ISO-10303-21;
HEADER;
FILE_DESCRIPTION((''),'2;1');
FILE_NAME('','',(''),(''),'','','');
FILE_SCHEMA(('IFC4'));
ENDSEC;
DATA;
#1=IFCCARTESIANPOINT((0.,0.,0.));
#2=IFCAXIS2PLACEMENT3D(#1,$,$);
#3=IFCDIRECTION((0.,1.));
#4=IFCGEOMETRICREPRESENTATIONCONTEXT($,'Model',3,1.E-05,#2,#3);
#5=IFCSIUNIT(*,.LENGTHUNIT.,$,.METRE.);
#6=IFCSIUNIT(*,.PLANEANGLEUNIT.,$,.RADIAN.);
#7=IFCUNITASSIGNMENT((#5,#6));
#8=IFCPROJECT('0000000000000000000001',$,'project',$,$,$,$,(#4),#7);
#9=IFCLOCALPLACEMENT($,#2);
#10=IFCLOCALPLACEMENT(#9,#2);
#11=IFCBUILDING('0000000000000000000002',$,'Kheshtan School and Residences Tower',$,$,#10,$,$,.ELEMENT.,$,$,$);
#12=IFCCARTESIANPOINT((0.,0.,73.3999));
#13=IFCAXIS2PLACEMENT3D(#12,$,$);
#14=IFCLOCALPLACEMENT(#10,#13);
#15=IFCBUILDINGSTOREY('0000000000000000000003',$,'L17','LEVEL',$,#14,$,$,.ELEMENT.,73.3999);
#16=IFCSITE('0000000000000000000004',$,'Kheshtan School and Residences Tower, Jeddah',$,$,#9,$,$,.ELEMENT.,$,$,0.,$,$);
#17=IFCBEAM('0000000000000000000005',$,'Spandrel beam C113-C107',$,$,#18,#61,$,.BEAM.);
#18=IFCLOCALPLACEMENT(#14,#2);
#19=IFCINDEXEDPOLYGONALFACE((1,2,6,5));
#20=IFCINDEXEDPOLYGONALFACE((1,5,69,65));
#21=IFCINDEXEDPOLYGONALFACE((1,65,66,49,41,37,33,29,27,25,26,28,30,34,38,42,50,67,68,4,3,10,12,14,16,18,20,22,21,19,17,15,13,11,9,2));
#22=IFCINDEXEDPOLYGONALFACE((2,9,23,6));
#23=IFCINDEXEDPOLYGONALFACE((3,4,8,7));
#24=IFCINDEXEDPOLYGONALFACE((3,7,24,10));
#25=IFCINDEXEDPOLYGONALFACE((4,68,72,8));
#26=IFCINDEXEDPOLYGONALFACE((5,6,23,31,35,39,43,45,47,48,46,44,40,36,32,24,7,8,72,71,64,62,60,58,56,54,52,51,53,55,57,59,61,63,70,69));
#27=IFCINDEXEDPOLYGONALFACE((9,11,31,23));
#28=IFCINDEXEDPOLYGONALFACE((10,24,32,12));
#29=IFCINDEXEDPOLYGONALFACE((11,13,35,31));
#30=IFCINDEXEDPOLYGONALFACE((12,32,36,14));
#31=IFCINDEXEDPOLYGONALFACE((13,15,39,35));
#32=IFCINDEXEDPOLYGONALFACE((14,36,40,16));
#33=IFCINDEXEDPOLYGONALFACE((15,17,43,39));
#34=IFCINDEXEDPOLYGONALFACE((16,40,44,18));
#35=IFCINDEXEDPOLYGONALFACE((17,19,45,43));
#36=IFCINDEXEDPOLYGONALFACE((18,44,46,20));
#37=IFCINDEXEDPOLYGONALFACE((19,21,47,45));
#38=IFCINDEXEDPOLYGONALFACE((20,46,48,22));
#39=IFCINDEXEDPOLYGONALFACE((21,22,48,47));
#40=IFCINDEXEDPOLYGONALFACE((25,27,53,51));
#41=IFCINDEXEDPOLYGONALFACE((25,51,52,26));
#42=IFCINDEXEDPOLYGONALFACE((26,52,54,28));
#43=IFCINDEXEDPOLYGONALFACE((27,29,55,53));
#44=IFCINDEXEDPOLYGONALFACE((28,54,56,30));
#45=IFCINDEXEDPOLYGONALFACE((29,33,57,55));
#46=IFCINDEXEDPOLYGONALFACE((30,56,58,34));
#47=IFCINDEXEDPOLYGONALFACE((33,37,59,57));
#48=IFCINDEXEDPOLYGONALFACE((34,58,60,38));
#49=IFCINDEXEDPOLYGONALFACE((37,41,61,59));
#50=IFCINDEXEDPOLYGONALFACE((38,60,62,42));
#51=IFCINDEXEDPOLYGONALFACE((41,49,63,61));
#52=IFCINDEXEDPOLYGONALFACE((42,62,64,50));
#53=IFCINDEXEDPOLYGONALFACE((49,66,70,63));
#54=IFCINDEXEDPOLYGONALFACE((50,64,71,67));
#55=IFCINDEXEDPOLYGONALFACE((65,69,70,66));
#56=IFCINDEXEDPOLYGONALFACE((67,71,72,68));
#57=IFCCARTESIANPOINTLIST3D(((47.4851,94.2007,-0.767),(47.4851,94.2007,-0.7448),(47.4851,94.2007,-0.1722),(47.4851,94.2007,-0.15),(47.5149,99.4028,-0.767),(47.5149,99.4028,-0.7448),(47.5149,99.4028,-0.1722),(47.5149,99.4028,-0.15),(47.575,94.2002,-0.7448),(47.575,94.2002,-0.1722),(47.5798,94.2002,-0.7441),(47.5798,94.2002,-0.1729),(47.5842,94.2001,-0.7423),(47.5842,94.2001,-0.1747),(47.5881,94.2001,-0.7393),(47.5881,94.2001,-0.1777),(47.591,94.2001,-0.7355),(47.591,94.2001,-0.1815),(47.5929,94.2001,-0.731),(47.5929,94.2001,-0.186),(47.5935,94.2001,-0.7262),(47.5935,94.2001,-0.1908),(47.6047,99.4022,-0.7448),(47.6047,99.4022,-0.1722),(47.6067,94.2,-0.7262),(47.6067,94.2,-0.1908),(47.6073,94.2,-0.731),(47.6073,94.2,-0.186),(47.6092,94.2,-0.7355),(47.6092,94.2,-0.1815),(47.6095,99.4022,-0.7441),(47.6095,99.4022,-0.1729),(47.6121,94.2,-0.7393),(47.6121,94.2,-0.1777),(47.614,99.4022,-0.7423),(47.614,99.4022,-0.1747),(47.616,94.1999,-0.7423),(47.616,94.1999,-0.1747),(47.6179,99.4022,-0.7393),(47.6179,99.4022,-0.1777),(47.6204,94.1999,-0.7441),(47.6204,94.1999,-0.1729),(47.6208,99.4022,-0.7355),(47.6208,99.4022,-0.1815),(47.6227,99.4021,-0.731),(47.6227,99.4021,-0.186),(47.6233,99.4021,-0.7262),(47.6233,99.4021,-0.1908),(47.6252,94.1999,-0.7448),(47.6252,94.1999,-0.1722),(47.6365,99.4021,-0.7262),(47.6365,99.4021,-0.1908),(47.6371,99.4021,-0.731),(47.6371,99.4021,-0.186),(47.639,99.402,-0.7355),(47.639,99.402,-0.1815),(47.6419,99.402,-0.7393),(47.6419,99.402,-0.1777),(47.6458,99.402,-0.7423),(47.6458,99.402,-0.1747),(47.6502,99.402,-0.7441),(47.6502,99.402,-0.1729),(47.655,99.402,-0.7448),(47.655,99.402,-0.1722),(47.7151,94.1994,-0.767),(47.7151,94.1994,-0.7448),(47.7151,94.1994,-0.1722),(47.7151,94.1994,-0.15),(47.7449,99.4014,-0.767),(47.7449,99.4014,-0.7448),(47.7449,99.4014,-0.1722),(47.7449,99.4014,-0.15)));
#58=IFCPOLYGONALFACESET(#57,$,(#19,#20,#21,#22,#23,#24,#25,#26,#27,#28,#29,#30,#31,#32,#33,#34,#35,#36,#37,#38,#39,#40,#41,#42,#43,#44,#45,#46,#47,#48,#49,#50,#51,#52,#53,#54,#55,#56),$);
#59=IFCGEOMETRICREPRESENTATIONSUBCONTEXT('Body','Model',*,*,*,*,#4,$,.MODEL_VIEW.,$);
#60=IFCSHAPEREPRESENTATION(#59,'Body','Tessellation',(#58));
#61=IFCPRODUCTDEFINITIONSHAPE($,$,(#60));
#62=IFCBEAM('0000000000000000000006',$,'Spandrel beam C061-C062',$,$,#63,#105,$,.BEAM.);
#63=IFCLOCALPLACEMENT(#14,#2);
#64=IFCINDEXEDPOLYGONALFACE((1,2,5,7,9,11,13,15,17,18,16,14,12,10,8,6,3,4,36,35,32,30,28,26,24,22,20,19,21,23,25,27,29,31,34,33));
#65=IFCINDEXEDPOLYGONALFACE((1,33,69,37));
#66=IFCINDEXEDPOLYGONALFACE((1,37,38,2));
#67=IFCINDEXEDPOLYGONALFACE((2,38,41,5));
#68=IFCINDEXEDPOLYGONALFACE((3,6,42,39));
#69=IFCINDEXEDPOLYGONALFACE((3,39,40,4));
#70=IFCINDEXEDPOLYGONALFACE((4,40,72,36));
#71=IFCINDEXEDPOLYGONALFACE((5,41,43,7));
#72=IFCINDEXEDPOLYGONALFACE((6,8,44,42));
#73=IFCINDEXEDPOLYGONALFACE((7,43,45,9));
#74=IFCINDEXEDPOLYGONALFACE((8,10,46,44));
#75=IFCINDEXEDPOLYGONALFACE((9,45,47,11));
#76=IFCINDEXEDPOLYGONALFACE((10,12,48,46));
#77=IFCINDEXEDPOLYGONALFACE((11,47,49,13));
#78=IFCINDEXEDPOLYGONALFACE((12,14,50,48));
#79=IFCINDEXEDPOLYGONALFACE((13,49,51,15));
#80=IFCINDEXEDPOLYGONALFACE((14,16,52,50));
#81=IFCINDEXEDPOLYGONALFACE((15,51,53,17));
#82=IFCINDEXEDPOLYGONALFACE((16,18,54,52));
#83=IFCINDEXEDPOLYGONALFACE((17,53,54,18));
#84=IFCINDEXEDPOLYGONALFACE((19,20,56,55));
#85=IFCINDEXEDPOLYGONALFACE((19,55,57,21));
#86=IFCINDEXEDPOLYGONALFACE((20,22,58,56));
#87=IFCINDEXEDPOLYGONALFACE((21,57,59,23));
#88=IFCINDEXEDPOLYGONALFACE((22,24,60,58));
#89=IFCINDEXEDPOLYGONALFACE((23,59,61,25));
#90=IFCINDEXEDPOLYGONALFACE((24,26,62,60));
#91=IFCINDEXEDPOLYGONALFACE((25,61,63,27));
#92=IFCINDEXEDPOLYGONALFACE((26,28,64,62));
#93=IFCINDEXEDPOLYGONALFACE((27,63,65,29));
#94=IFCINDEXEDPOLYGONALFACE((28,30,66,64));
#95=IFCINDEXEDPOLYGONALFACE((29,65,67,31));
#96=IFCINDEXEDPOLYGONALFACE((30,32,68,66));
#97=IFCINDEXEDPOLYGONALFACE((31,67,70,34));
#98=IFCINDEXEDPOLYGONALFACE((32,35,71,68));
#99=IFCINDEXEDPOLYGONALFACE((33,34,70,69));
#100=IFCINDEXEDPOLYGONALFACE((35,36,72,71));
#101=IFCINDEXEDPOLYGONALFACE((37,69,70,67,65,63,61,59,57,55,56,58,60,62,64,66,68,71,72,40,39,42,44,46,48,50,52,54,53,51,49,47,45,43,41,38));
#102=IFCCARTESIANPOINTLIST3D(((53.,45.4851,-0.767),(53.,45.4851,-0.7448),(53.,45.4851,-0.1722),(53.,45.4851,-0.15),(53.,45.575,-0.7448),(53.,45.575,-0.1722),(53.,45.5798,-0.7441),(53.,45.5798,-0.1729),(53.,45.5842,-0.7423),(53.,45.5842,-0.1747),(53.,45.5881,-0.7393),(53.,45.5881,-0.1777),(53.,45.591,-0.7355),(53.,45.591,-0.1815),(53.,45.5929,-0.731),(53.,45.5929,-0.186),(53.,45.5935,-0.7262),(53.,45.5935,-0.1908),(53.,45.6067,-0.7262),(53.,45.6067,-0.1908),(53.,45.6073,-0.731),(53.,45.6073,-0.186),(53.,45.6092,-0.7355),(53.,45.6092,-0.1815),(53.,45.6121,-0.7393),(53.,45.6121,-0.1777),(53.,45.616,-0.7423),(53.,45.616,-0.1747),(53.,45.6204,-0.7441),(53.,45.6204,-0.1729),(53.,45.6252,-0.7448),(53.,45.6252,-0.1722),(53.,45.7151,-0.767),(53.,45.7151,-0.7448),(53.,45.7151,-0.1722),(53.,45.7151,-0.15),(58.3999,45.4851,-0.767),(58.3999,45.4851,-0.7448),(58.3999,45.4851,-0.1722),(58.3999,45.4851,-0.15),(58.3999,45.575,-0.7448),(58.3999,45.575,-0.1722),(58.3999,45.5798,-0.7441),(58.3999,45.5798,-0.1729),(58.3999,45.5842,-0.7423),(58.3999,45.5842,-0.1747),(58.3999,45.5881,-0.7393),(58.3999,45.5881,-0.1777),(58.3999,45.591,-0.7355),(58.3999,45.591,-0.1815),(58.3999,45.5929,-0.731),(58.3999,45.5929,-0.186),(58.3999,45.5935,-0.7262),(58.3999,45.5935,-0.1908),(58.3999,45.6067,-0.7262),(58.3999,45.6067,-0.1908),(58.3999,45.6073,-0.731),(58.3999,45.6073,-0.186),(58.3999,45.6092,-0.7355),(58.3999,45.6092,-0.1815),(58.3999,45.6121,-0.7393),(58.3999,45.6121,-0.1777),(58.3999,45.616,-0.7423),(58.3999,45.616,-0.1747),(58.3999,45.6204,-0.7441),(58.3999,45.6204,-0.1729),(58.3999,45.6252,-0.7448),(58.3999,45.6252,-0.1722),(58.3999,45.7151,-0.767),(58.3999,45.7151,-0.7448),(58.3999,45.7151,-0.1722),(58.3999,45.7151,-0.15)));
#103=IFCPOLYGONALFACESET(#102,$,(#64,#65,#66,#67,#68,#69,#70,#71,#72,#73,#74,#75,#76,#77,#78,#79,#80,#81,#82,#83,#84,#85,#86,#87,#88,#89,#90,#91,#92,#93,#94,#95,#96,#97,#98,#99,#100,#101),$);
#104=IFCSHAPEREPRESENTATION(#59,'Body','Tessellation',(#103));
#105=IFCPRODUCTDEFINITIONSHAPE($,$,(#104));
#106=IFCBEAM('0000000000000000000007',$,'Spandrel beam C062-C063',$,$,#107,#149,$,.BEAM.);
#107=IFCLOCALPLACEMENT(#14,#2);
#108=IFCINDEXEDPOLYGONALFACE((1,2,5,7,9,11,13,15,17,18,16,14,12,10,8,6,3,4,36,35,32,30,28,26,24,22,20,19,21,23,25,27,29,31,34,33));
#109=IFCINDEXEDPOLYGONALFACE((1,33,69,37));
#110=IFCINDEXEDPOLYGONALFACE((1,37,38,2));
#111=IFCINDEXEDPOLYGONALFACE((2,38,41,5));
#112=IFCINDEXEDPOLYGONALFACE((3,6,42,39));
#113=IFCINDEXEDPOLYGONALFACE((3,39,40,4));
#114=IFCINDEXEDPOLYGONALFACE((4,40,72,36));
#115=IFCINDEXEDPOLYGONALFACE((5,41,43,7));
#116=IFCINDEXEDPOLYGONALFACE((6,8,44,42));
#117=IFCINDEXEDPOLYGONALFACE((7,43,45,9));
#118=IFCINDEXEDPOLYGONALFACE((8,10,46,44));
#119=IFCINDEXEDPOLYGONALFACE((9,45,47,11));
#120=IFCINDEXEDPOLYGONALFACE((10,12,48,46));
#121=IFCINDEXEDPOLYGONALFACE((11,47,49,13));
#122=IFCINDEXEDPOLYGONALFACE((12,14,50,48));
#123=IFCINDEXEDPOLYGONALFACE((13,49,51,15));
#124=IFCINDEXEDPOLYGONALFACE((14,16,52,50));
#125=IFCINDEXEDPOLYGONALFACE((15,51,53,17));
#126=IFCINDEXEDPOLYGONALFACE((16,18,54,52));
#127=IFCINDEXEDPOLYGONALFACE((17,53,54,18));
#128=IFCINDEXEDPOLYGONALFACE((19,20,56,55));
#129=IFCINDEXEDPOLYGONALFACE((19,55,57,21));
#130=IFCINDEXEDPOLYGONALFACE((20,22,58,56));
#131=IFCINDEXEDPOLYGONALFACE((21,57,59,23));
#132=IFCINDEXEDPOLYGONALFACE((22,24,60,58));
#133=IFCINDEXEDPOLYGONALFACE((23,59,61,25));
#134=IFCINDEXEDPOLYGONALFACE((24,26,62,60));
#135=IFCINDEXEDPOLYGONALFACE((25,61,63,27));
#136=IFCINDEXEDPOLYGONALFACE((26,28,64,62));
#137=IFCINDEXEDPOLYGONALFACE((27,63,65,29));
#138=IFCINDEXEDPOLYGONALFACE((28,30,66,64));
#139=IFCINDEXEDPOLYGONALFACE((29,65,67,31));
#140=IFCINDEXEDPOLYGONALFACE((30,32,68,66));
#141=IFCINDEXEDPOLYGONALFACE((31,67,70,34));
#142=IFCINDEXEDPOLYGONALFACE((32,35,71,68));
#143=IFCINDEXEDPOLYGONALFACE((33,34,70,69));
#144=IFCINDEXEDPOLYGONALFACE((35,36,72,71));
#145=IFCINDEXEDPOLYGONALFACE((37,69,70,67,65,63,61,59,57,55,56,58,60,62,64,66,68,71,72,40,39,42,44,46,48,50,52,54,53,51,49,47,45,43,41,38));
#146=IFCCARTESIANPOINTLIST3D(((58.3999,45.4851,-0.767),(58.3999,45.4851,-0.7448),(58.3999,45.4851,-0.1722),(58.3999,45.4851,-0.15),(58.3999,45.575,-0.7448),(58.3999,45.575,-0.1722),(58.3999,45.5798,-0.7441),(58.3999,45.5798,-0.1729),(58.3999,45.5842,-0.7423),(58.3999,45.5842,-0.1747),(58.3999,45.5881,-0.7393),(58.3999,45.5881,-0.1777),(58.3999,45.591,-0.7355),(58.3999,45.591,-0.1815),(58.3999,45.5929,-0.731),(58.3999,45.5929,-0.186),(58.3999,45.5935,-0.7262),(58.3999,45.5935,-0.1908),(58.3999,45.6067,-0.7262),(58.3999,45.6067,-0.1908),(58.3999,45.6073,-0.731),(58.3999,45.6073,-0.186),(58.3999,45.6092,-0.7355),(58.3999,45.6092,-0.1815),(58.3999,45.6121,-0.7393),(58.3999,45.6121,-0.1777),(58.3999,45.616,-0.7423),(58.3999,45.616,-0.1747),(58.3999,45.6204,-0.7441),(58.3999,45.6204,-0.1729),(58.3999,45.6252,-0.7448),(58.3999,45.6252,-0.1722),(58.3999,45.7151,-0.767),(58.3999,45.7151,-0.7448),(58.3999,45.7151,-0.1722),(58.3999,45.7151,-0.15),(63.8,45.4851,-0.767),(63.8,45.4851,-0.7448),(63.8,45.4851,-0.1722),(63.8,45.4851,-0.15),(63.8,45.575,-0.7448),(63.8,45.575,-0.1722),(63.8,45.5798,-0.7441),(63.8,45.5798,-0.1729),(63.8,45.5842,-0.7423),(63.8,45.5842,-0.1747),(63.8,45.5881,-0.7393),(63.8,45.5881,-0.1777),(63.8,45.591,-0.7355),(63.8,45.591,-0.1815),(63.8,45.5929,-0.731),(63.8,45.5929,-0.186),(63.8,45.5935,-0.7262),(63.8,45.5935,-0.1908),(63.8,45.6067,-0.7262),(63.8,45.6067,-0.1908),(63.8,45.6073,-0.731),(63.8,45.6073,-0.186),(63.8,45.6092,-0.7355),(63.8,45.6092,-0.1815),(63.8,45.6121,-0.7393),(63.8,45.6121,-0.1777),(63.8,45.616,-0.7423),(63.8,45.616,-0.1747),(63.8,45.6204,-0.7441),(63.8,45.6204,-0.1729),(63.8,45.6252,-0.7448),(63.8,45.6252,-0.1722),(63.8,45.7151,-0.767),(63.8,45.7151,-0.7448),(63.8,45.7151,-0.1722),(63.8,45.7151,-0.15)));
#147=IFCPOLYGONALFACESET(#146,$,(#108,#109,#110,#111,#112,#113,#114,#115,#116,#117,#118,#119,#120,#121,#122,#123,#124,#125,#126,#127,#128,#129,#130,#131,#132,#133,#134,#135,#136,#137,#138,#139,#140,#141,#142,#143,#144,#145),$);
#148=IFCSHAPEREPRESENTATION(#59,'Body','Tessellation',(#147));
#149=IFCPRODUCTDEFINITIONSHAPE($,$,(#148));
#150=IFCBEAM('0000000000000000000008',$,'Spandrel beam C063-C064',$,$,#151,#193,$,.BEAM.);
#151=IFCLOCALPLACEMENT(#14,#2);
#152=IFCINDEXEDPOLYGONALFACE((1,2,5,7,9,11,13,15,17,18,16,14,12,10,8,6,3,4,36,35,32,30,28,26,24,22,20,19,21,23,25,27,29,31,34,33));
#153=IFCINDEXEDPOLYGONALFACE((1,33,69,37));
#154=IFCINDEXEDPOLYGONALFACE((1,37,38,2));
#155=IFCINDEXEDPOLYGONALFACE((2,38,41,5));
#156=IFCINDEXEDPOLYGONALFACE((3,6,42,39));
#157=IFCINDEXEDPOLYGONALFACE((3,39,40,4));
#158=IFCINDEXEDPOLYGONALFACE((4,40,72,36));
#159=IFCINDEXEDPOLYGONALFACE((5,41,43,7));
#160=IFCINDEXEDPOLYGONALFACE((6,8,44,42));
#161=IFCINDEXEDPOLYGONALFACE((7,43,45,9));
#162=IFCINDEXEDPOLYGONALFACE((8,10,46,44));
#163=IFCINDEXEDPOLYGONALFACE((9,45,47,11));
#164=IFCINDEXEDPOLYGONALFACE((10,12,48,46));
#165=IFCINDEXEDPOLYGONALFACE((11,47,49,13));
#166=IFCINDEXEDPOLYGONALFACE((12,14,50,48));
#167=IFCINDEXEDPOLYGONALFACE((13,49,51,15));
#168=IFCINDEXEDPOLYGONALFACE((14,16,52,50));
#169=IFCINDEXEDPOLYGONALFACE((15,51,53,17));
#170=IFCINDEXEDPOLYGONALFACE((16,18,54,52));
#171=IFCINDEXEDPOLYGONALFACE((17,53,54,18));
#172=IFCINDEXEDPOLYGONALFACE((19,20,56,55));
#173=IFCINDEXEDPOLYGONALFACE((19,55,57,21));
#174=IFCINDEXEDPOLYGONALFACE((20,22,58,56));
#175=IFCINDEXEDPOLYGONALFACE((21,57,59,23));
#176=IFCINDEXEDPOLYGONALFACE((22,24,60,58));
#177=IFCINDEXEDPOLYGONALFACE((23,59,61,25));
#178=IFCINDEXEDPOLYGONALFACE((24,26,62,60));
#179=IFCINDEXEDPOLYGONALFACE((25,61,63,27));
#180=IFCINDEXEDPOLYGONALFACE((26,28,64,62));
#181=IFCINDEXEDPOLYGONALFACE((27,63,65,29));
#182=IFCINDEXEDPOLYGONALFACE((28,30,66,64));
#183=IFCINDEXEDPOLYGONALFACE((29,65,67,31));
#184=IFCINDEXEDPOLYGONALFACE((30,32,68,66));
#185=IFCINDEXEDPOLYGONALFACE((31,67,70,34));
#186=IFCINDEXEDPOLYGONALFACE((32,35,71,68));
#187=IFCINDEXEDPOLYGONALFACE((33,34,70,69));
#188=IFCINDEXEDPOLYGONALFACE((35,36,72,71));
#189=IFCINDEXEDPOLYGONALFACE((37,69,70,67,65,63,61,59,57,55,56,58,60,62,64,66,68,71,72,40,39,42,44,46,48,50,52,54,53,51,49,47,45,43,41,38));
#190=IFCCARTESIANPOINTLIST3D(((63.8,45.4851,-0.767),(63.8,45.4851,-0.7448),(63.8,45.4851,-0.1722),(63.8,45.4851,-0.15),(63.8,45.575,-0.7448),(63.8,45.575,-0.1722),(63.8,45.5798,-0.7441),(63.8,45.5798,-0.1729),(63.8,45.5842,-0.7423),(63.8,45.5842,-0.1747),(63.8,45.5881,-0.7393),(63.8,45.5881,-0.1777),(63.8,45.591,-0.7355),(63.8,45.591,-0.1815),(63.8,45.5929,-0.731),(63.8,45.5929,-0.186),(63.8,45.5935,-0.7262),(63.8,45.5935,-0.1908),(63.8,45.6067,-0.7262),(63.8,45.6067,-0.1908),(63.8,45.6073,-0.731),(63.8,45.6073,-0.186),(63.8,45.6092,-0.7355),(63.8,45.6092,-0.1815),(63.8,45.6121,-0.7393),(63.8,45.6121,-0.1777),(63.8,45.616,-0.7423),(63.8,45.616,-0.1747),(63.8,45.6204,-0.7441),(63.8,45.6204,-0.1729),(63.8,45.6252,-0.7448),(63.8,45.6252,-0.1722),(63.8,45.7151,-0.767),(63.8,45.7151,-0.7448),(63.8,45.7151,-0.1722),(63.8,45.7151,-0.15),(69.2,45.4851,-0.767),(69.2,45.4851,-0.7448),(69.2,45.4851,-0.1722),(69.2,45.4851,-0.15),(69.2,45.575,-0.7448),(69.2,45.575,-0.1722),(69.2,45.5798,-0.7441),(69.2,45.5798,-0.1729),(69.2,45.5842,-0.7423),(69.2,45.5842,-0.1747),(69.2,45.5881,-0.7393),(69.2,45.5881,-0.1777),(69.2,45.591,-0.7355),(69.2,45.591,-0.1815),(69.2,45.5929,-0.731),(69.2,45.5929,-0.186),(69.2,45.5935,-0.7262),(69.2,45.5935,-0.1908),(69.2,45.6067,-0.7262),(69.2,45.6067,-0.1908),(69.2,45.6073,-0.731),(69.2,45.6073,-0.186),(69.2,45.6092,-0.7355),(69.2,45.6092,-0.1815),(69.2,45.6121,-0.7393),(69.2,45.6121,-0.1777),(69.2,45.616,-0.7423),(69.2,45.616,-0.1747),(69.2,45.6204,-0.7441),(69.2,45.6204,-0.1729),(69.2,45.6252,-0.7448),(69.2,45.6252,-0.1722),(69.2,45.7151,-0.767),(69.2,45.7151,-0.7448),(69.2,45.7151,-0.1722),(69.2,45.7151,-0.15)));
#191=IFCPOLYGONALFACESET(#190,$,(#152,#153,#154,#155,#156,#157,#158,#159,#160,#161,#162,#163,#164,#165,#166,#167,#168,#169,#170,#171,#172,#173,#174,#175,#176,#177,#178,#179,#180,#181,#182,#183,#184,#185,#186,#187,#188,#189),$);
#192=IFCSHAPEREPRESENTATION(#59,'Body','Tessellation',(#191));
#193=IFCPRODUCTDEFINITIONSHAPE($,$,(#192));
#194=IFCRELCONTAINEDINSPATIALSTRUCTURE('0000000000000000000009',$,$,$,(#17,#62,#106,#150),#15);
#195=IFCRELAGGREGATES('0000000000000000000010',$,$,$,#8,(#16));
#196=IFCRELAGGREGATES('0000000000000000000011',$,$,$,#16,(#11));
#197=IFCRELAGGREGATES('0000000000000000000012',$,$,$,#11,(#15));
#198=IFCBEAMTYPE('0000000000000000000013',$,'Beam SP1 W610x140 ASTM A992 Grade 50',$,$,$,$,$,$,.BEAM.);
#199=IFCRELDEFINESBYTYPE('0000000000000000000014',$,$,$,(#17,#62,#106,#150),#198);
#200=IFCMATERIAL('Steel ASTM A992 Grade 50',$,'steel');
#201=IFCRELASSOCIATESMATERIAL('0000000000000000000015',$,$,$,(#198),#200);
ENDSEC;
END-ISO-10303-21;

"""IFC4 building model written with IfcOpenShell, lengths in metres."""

from ifc_helpers import new_model, si_unit, direction, frame, origin, origin_2d, place, context, subcontext, project, spatial, i_section, extrude, material, material_profile, profile_set, type_object, element, save


model = new_model("IFC4")

# Units and contexts
model_context = context("Model", 3, precision=1e-05, world=origin(), true_north=direction((0.0, 1.0)))
body_context = subcontext(model_context, "Body", "Model", "MODEL_VIEW")
ifc_project = project(units=[si_unit("LENGTHUNIT", "METRE"), si_unit("PLANEANGLEUNIT", "RADIAN")], contexts=[model_context])

# Site, building, storey
site_placement = place(None, origin())
site = spatial("IfcSite", under=ifc_project, at=site_placement, Name="Kheshtan School and Residences Tower, Jeddah", CompositionType="ELEMENT", RefElevation=0.0)
building_placement = place(site_placement, origin())
building = spatial("IfcBuilding", under=site, at=building_placement, Name="Kheshtan School and Residences Tower", CompositionType="ELEMENT")
storey_placement = place(building_placement, frame((0.0, 0.0, 73.3999)))
storey = spatial("IfcBuildingStorey", under=building, at=storey_placement, Name="L17", Description="LEVEL", CompositionType="ELEMENT", Elevation=73.3999)

# Shared definitions
ifc_material_1 = material(Name="Steel ASTM A992 Grade 50", Category="steel")

# Beams
ifc_material_profile_1 = material_profile(ifc_material_1, i_section(OverallWidth=0.23, OverallDepth=0.6169, WebThickness=0.0132, FlangeThickness=0.0222, FilletRadius=0.0186, at=origin_2d()), Name="W610x140")
ifc_profile_set_1 = profile_set([ifc_material_profile_1], Name="Steel ASTM A992 Grade 50")
beam_type_1 = type_object("IfcBeamType", Name="Beam SP1 W610x140 ASTM A992 Grade 50", PredefinedType="BEAM", material=ifc_profile_set_1)
beam_1_placement = place(storey_placement, frame((47.6299, 99.4021, -0.4585), z_axis=(-0.005725, -0.999984, 0.0), x_axis=(0.999984, -0.005725, 0.0)))
element("IfcBeam", 1, at=beam_1_placement, inside=storey, type_object=beam_type_1, Name="Spandrel beam C113-C107", PredefinedType="BEAM", context=body_context, shape_type="SweptSolid", body=[
    extrude(i_section(OverallWidth=0.23, OverallDepth=0.6169, WebThickness=0.0132, FlangeThickness=0.0222, FilletRadius=0.0186, at=origin_2d()), origin(), (0.0, 0.0, 1.0), 5.2021),
])
beam_2_placement = place(storey_placement, frame((53.0, 45.6001, -0.4585), z_axis=(1.0, 0.0, 0.0), x_axis=(0.0, 1.0, 0.0)))
element("IfcBeam", 2, at=beam_2_placement, inside=storey, type_object=beam_type_1, Name="Spandrel beam C061-C062", PredefinedType="BEAM", context=body_context, shape_type="SweptSolid", body=[
    extrude(i_section(OverallWidth=0.23, OverallDepth=0.6169, WebThickness=0.0132, FlangeThickness=0.0222, FilletRadius=0.0186, at=origin_2d()), origin(), (0.0, 0.0, 1.0), 5.3999),
])
beam_3_placement = place(storey_placement, frame((58.3999, 45.6001, -0.4585), z_axis=(1.0, 0.0, 0.0), x_axis=(0.0, 1.0, 0.0)))
element("IfcBeam", 3, at=beam_3_placement, inside=storey, type_object=beam_type_1, Name="Spandrel beam C062-C063", PredefinedType="BEAM", context=body_context, shape_type="SweptSolid", body=[
    extrude(i_section(OverallWidth=0.23, OverallDepth=0.6169, WebThickness=0.0132, FlangeThickness=0.0222, FilletRadius=0.0186, at=origin_2d()), origin(), (0.0, 0.0, 1.0), 5.4001),
])
beam_4_placement = place(storey_placement, frame((63.8, 45.6001, -0.4585), z_axis=(1.0, 0.0, 0.0), x_axis=(0.0, 1.0, 0.0)))
element("IfcBeam", 4, at=beam_4_placement, inside=storey, type_object=beam_type_1, Name="Spandrel beam C063-C064", PredefinedType="BEAM", context=body_context, shape_type="SweptSolid", body=[
    extrude(i_section(OverallWidth=0.23, OverallDepth=0.6169, WebThickness=0.0132, FlangeThickness=0.0222, FilletRadius=0.0186, at=origin_2d()), origin(), (0.0, 0.0, 1.0), 5.3999),
])

save(model, "model.ifc")
